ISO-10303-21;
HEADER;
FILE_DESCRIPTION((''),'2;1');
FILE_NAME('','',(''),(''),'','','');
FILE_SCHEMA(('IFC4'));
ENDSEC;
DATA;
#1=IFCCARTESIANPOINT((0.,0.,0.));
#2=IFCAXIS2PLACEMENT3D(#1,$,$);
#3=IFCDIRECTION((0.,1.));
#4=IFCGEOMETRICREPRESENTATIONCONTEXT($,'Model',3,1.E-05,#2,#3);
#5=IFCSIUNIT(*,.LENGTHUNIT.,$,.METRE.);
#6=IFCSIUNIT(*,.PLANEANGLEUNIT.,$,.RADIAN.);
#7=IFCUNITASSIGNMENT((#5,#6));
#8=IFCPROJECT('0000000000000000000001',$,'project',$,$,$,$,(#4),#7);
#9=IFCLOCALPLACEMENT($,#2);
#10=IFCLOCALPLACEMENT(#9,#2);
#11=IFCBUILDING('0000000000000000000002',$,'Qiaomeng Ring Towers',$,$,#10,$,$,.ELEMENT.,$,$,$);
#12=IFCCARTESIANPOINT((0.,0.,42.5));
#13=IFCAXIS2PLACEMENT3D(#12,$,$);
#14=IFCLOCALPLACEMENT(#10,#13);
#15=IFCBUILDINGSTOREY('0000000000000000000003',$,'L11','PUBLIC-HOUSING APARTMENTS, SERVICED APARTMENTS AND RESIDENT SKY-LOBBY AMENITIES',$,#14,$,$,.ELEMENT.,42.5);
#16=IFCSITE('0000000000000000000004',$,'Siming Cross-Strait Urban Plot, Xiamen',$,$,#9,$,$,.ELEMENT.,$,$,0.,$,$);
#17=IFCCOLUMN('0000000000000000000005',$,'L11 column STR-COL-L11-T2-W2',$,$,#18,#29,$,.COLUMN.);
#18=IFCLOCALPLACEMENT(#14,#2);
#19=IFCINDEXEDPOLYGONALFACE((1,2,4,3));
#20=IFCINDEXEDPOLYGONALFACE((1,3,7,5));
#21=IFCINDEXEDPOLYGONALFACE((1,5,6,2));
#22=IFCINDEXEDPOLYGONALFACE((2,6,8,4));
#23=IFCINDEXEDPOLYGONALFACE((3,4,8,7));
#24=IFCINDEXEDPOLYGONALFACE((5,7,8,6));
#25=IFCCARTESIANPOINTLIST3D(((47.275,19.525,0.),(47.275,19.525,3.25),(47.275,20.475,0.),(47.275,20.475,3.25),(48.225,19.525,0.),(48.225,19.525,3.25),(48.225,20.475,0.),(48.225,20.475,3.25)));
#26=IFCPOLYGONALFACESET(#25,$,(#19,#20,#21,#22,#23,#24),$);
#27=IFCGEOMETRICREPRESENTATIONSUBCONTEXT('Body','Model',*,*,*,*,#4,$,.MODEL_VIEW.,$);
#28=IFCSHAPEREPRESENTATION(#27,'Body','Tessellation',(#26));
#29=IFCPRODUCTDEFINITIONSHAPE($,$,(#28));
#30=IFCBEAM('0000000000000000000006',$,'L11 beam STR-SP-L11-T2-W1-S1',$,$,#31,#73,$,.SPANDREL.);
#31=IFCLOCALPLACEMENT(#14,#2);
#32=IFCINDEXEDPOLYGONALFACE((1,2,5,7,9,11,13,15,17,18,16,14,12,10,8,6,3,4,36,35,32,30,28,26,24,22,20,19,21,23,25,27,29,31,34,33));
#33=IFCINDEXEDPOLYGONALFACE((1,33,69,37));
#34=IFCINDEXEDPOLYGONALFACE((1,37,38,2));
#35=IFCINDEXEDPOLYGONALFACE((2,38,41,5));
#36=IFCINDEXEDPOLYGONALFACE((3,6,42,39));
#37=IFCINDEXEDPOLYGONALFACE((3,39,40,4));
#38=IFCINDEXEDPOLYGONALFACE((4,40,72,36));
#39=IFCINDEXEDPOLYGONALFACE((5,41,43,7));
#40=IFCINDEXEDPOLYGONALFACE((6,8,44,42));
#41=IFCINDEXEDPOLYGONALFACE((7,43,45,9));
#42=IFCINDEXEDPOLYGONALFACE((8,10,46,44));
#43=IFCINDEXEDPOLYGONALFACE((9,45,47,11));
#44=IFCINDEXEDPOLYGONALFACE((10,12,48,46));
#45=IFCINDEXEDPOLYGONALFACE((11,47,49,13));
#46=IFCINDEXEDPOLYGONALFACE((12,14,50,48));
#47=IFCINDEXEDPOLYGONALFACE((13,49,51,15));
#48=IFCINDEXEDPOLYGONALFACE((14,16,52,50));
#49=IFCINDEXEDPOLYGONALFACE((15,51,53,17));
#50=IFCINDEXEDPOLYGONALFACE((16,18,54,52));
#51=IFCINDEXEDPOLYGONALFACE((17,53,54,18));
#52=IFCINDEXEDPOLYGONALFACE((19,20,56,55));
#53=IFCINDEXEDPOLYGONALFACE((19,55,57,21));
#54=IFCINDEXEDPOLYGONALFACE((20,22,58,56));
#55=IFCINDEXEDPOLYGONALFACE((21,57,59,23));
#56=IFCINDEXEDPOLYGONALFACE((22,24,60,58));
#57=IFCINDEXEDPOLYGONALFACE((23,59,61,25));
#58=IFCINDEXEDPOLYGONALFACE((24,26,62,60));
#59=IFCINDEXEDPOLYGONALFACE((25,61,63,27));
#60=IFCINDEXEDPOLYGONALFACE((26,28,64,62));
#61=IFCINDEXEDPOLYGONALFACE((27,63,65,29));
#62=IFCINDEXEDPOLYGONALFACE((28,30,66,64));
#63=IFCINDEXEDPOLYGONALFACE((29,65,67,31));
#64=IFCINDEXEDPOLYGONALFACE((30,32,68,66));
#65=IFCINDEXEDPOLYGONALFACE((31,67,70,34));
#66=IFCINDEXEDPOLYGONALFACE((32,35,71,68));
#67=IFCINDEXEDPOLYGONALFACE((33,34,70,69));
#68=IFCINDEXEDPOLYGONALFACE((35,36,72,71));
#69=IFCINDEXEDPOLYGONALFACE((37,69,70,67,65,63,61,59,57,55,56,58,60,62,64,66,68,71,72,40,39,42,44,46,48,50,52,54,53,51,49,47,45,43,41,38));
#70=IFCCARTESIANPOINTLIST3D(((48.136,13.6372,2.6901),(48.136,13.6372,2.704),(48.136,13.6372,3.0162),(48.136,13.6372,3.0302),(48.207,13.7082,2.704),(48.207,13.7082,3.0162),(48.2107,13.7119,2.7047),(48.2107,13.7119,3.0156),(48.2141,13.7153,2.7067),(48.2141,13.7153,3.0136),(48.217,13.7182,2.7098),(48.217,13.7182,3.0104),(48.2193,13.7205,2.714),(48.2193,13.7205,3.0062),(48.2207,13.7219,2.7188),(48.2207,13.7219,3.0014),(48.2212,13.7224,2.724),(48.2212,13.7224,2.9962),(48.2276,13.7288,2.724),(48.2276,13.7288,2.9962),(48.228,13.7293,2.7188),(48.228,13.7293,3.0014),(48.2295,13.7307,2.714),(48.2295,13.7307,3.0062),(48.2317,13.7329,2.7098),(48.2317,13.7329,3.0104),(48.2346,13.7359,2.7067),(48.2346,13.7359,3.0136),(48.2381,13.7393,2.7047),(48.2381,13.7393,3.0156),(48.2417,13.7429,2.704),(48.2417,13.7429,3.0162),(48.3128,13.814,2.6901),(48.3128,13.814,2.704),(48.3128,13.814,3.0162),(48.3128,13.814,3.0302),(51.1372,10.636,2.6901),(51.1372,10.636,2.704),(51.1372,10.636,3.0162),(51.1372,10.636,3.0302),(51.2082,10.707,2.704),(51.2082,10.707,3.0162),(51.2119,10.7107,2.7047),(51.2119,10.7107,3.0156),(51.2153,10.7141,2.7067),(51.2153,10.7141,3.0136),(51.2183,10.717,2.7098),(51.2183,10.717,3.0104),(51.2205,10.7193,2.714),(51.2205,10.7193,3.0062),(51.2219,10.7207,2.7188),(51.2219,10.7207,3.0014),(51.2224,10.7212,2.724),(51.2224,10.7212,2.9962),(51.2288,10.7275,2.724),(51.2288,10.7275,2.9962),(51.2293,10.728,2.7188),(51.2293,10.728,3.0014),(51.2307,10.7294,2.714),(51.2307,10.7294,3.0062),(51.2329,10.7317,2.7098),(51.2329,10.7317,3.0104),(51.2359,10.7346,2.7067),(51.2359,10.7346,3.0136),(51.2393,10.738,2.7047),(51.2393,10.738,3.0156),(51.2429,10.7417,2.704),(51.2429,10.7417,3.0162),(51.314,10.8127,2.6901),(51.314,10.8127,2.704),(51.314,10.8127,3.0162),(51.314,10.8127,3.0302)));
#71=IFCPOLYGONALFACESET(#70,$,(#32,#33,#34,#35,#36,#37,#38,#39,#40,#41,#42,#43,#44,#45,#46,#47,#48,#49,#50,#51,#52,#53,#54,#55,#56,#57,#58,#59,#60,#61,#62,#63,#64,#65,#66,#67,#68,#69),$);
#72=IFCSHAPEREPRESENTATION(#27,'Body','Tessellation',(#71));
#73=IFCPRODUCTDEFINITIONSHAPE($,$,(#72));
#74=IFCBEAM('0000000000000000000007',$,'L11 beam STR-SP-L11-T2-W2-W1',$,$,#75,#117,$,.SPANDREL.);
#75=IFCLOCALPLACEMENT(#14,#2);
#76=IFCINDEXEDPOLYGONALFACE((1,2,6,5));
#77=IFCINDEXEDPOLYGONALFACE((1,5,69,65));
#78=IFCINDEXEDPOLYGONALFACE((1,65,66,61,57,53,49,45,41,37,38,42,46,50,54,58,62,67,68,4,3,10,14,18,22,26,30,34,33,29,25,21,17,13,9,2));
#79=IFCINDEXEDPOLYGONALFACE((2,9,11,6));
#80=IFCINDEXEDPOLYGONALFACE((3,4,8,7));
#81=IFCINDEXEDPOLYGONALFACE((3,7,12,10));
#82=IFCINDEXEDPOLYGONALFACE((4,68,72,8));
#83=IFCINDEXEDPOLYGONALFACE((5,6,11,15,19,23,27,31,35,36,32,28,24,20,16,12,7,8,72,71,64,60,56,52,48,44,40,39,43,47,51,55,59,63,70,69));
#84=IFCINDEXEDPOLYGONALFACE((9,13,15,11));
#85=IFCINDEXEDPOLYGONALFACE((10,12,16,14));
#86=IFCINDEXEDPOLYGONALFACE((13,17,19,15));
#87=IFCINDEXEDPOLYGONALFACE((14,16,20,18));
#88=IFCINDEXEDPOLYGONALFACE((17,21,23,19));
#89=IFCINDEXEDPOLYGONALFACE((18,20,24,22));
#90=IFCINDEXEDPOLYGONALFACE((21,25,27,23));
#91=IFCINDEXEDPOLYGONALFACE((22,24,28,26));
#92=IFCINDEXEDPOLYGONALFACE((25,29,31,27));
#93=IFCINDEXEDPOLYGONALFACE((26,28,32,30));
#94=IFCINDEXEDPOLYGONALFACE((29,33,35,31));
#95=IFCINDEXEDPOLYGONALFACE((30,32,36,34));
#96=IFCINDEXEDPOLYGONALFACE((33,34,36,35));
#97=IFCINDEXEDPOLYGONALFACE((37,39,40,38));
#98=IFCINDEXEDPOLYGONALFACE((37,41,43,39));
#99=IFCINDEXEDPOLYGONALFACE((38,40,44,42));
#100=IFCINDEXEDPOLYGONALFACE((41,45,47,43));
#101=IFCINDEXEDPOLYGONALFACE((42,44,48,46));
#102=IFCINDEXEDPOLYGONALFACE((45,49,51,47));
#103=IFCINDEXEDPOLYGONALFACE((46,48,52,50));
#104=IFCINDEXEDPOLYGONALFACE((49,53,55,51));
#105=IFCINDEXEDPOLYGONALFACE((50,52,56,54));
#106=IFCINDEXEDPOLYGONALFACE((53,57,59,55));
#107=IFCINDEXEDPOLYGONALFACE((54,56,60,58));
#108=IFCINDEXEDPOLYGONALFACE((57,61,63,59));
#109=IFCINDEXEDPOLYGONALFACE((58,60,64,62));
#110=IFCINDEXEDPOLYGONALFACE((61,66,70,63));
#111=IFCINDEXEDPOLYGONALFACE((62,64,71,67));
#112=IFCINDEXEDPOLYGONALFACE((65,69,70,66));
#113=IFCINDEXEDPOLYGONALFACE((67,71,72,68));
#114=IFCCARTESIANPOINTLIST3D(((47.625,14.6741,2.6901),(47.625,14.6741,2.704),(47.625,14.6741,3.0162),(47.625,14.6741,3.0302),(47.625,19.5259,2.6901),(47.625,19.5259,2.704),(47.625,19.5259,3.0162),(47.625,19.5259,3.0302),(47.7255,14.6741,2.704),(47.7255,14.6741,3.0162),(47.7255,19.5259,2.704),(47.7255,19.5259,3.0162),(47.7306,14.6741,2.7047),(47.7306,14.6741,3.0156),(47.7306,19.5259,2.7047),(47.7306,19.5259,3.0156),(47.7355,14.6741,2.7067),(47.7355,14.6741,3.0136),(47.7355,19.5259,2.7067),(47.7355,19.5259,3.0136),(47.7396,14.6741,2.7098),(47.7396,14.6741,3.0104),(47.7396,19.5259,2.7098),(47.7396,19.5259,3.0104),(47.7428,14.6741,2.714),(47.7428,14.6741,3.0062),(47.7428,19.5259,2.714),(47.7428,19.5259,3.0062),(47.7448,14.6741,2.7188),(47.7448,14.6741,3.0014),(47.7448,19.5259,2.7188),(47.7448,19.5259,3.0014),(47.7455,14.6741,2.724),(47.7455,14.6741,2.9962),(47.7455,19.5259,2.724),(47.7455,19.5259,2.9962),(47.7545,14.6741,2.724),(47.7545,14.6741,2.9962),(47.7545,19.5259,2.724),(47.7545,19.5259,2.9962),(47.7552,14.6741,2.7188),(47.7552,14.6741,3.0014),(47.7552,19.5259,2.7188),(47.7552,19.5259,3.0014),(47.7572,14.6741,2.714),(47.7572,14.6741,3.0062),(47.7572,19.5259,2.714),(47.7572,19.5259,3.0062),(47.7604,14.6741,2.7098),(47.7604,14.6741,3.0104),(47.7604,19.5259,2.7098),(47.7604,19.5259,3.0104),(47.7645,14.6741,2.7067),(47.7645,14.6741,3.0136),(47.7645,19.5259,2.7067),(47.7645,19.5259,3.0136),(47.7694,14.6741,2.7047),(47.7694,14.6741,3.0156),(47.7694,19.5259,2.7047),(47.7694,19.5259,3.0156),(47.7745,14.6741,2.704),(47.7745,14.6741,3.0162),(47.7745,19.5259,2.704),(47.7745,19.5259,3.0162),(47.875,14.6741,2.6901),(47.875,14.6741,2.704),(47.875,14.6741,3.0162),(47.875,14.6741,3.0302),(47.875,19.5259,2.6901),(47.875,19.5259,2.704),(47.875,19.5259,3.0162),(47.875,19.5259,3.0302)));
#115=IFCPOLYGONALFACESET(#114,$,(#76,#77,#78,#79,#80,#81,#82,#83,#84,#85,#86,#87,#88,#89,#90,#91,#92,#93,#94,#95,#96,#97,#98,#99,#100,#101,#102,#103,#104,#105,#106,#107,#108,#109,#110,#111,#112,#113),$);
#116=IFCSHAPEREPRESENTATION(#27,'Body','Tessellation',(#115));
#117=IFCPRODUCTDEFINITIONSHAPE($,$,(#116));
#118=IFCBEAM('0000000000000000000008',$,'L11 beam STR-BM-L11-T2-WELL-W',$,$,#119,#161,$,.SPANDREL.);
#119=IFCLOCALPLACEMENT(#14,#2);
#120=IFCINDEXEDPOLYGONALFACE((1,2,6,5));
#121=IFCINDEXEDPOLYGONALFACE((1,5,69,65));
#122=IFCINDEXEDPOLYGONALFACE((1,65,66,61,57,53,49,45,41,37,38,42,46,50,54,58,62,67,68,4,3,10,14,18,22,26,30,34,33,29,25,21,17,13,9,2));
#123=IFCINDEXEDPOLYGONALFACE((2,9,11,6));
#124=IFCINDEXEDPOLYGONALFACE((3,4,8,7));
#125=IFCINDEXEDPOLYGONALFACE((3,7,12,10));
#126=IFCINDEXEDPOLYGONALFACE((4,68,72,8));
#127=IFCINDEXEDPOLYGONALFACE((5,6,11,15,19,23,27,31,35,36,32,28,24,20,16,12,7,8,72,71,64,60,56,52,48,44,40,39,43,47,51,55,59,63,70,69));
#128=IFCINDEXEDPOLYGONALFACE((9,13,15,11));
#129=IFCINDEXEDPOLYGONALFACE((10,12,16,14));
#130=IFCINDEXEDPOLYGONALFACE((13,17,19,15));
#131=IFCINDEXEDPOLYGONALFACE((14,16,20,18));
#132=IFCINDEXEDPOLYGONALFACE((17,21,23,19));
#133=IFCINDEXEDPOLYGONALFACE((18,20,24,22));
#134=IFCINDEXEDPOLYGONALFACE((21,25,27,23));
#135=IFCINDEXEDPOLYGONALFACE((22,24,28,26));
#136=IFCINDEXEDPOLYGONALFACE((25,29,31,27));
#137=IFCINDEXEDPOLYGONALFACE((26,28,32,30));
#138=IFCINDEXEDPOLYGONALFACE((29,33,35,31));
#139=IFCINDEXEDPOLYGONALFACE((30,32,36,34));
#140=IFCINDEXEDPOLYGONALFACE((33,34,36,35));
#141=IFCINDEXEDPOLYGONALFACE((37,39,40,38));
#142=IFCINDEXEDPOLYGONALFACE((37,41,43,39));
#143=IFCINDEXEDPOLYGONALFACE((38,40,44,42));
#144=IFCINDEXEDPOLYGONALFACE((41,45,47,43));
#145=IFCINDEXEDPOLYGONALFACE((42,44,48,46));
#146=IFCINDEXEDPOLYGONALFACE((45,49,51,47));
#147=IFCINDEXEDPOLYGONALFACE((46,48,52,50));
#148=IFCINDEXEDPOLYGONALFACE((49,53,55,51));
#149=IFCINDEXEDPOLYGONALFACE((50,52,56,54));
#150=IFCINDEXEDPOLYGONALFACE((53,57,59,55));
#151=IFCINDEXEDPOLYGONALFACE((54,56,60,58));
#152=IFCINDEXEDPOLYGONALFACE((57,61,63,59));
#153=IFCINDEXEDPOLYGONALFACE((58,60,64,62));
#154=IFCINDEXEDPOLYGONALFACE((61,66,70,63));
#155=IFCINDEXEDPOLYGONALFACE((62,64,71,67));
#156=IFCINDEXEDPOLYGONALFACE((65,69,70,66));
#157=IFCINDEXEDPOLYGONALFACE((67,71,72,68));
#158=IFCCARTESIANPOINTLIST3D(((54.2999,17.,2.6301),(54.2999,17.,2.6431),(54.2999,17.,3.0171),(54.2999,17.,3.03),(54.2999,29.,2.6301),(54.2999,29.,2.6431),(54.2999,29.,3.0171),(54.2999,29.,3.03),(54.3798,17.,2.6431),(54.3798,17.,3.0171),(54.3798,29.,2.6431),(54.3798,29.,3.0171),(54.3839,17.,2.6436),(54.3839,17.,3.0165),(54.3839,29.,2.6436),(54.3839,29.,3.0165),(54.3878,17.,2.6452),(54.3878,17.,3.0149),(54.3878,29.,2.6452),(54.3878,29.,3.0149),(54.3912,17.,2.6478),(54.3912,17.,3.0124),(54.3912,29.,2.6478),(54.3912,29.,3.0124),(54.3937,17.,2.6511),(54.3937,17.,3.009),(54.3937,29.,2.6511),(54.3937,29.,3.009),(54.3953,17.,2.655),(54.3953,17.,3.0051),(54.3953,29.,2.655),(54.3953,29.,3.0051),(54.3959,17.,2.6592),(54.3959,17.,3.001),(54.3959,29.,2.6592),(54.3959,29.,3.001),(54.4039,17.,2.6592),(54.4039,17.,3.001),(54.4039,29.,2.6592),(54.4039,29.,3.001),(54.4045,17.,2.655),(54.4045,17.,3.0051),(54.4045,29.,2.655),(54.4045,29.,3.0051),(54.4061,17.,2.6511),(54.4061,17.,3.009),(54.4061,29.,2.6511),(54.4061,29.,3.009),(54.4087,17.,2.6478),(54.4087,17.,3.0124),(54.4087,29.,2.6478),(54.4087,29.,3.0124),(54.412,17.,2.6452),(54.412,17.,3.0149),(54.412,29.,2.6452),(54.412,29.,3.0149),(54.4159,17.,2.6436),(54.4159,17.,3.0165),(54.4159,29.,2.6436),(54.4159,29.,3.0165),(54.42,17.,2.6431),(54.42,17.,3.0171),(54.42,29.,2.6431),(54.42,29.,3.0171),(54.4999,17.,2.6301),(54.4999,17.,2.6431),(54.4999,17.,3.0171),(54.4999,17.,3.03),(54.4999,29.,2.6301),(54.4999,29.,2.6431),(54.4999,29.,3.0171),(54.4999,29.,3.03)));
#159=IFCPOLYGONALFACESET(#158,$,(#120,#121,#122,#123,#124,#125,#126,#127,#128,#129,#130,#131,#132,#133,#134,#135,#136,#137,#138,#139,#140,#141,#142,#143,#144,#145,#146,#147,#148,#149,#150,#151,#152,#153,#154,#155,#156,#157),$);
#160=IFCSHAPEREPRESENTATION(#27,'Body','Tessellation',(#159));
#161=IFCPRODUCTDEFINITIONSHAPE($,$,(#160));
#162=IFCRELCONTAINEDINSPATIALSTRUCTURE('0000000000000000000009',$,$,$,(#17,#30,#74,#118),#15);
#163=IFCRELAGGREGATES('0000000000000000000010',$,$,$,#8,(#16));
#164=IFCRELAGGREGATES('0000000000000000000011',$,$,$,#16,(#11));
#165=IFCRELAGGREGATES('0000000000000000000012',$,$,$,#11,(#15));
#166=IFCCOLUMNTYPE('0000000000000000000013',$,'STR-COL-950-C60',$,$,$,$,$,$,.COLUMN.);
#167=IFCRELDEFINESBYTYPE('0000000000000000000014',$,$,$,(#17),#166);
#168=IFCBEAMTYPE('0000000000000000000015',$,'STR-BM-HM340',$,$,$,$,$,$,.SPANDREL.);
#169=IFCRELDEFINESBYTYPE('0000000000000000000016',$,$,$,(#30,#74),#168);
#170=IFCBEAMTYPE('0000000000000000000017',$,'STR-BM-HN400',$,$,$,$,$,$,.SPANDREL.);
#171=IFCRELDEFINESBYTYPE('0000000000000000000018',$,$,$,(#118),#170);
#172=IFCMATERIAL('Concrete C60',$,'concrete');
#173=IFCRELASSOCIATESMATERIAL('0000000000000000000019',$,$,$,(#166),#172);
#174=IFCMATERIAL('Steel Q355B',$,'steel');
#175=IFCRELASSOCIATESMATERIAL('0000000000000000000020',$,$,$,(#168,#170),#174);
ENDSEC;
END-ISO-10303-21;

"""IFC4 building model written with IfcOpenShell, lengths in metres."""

from ifc_helpers import new_model, si_unit, direction, frame, origin, origin_2d, place, context, subcontext, project, spatial, rectangle, i_section, extrude, source, transform, mapped, material, material_profile, profile_set, type_object, element, save


model = new_model("IFC4")

# Units and contexts
model_context = context("Model", 3, precision=1e-05, world=origin(), true_north=direction((0.0, 1.0)))
body_context = subcontext(model_context, "Body", "Model", "MODEL_VIEW")
ifc_project = project(units=[si_unit("LENGTHUNIT", "METRE"), si_unit("PLANEANGLEUNIT", "RADIAN")], contexts=[model_context])

# Site, building, storey
site_placement = place(None, origin())
site = spatial("IfcSite", under=ifc_project, at=site_placement, Name="Siming Cross-Strait Urban Plot, Xiamen", CompositionType="ELEMENT", RefElevation=0.0)
building_placement = place(site_placement, origin())
building = spatial("IfcBuilding", under=site, at=building_placement, Name="Qiaomeng Ring Towers", CompositionType="ELEMENT")
storey_placement = place(building_placement, frame((0.0, 0.0, 42.5)))
storey = spatial("IfcBuildingStorey", under=building, at=storey_placement, Name="L11", Description="PUBLIC-HOUSING APARTMENTS, SERVICED APARTMENTS AND RESIDENT SKY-LOBBY AMENITIES", CompositionType="ELEMENT", Elevation=42.5)

# Column
ifc_material_1 = material(Name="Concrete C60", Category="concrete")
ifc_material_profile_1 = material_profile(ifc_material_1, rectangle(XDim=0.95, YDim=0.95, at=origin_2d()), Name="RC COL 950x950")
ifc_profile_set_1 = profile_set([ifc_material_profile_1], Name="Concrete C60")
column_type = type_object("IfcColumnType", Name="STR-COL-950-C60", PredefinedType="COLUMN", material=ifc_profile_set_1)
shared_shape_1 = source(origin(), body_context, "Body", "SweptSolid", [
    extrude(rectangle(XDim=0.95, YDim=0.95, at=origin_2d()), origin(), (0.0, 0.0, 1.0), 3.25),
])
column_placement = place(storey_placement, frame((47.75, 20.0, 0.0), z_axis=(0.0, 0.0, 1.0), x_axis=(1.0, 0.0, 0.0)))
element("IfcColumn", 1, at=column_placement, inside=storey, type_object=column_type, Name="L11 column STR-COL-L11-T2-W2", PredefinedType="COLUMN", context=body_context, shape_type="MappedRepresentation", body=[
    mapped(shared_shape_1, transform((0.0, 0.0, 0.0), x_axis=(1.0, 0.0, 0.0), y_axis=(0.0, 1.0, 0.0), z_axis=(0.0, 0.0, 1.0), scale=1.0)),
])

# Beams
ifc_material_2 = material(Name="Steel Q355B", Category="steel")
ifc_material_profile_2 = material_profile(ifc_material_2, i_section(OverallWidth=0.25, OverallDepth=0.3401, WebThickness=0.009, FlangeThickness=0.0139, FilletRadius=0.02, at=origin_2d()), Name="HM 340x250x9x14")
ifc_profile_set_2 = profile_set([ifc_material_profile_2], Name="Steel Q355B")
beam_type_1 = type_object("IfcBeamType", Name="STR-BM-HM340", PredefinedType="SPANDREL", material=ifc_profile_set_2)
shared_shape_2 = source(origin(), body_context, "Body", "SweptSolid", [
    extrude(i_section(OverallWidth=0.25, OverallDepth=0.3401, WebThickness=0.009, FlangeThickness=0.0139, FilletRadius=0.02, at=origin_2d()), origin(), (0.0, 0.0, 1.0), 4.2444),
])
beam_1_placement = place(storey_placement, frame((48.2244, 13.7256, 2.8601), z_axis=(0.707107, -0.707107, 0.0), x_axis=(0.707107, 0.707107, 0.0)))
element("IfcBeam", 2, at=beam_1_placement, inside=storey, type_object=beam_type_1, Name="L11 beam STR-SP-L11-T2-W1-S1", PredefinedType="SPANDREL", context=body_context, shape_type="MappedRepresentation", body=[
    mapped(shared_shape_2, transform((0.0, 0.0, 0.0), x_axis=(1.0, 0.0, 0.0), y_axis=(0.0, 1.0, 0.0), z_axis=(0.0, 0.0, 1.0), scale=1.0)),
])
shared_shape_3 = source(origin(), body_context, "Body", "SweptSolid", [
    extrude(i_section(OverallWidth=0.25, OverallDepth=0.3401, WebThickness=0.009, FlangeThickness=0.0139, FilletRadius=0.02, at=origin_2d()), origin(), (0.0, 0.0, 1.0), 4.8518),
])
beam_2_placement = place(storey_placement, frame((47.75, 19.5259, 2.8601), z_axis=(0.0, -1.0, 0.0), x_axis=(1.0, 0.0, 0.0)))
element("IfcBeam", 3, at=beam_2_placement, inside=storey, type_object=beam_type_1, Name="L11 beam STR-SP-L11-T2-W2-W1", PredefinedType="SPANDREL", context=body_context, shape_type="MappedRepresentation", body=[
    mapped(shared_shape_3, transform((0.0, 0.0, 0.0), x_axis=(1.0, 0.0, 0.0), y_axis=(0.0, 1.0, 0.0), z_axis=(0.0, 0.0, 1.0), scale=1.0)),
])
ifc_material_profile_3 = material_profile(ifc_material_2, i_section(OverallWidth=0.2, OverallDepth=0.3999, WebThickness=0.0081, FlangeThickness=0.0129, FilletRadius=0.0161, at=origin_2d()), Name="HN 400x200x8x13")
ifc_profile_set_3 = profile_set([ifc_material_profile_3], Name="Steel Q355B")
beam_type_2 = type_object("IfcBeamType", Name="STR-BM-HN400", PredefinedType="SPANDREL", material=ifc_profile_set_3)
shared_shape_4 = source(origin(), body_context, "Body", "SweptSolid", [
    extrude(i_section(OverallWidth=0.2, OverallDepth=0.3999, WebThickness=0.0081, FlangeThickness=0.0129, FilletRadius=0.0161, at=origin_2d()), origin(), (0.0, 0.0, 1.0), 12.0),
])
beam_3_placement = place(storey_placement, frame((54.3999, 17.0, 2.8301), z_axis=(0.0, 1.0, 0.0), x_axis=(-1.0, 0.0, 0.0)))
element("IfcBeam", 4, at=beam_3_placement, inside=storey, type_object=beam_type_2, Name="L11 beam STR-BM-L11-T2-WELL-W", PredefinedType="SPANDREL", context=body_context, shape_type="MappedRepresentation", body=[
    mapped(shared_shape_4, transform((0.0, 0.0, 0.0), x_axis=(1.0, 0.0, 0.0), y_axis=(0.0, 1.0, 0.0), z_axis=(0.0, 0.0, 1.0), scale=1.0)),
])

save(model, "model.ifc")
